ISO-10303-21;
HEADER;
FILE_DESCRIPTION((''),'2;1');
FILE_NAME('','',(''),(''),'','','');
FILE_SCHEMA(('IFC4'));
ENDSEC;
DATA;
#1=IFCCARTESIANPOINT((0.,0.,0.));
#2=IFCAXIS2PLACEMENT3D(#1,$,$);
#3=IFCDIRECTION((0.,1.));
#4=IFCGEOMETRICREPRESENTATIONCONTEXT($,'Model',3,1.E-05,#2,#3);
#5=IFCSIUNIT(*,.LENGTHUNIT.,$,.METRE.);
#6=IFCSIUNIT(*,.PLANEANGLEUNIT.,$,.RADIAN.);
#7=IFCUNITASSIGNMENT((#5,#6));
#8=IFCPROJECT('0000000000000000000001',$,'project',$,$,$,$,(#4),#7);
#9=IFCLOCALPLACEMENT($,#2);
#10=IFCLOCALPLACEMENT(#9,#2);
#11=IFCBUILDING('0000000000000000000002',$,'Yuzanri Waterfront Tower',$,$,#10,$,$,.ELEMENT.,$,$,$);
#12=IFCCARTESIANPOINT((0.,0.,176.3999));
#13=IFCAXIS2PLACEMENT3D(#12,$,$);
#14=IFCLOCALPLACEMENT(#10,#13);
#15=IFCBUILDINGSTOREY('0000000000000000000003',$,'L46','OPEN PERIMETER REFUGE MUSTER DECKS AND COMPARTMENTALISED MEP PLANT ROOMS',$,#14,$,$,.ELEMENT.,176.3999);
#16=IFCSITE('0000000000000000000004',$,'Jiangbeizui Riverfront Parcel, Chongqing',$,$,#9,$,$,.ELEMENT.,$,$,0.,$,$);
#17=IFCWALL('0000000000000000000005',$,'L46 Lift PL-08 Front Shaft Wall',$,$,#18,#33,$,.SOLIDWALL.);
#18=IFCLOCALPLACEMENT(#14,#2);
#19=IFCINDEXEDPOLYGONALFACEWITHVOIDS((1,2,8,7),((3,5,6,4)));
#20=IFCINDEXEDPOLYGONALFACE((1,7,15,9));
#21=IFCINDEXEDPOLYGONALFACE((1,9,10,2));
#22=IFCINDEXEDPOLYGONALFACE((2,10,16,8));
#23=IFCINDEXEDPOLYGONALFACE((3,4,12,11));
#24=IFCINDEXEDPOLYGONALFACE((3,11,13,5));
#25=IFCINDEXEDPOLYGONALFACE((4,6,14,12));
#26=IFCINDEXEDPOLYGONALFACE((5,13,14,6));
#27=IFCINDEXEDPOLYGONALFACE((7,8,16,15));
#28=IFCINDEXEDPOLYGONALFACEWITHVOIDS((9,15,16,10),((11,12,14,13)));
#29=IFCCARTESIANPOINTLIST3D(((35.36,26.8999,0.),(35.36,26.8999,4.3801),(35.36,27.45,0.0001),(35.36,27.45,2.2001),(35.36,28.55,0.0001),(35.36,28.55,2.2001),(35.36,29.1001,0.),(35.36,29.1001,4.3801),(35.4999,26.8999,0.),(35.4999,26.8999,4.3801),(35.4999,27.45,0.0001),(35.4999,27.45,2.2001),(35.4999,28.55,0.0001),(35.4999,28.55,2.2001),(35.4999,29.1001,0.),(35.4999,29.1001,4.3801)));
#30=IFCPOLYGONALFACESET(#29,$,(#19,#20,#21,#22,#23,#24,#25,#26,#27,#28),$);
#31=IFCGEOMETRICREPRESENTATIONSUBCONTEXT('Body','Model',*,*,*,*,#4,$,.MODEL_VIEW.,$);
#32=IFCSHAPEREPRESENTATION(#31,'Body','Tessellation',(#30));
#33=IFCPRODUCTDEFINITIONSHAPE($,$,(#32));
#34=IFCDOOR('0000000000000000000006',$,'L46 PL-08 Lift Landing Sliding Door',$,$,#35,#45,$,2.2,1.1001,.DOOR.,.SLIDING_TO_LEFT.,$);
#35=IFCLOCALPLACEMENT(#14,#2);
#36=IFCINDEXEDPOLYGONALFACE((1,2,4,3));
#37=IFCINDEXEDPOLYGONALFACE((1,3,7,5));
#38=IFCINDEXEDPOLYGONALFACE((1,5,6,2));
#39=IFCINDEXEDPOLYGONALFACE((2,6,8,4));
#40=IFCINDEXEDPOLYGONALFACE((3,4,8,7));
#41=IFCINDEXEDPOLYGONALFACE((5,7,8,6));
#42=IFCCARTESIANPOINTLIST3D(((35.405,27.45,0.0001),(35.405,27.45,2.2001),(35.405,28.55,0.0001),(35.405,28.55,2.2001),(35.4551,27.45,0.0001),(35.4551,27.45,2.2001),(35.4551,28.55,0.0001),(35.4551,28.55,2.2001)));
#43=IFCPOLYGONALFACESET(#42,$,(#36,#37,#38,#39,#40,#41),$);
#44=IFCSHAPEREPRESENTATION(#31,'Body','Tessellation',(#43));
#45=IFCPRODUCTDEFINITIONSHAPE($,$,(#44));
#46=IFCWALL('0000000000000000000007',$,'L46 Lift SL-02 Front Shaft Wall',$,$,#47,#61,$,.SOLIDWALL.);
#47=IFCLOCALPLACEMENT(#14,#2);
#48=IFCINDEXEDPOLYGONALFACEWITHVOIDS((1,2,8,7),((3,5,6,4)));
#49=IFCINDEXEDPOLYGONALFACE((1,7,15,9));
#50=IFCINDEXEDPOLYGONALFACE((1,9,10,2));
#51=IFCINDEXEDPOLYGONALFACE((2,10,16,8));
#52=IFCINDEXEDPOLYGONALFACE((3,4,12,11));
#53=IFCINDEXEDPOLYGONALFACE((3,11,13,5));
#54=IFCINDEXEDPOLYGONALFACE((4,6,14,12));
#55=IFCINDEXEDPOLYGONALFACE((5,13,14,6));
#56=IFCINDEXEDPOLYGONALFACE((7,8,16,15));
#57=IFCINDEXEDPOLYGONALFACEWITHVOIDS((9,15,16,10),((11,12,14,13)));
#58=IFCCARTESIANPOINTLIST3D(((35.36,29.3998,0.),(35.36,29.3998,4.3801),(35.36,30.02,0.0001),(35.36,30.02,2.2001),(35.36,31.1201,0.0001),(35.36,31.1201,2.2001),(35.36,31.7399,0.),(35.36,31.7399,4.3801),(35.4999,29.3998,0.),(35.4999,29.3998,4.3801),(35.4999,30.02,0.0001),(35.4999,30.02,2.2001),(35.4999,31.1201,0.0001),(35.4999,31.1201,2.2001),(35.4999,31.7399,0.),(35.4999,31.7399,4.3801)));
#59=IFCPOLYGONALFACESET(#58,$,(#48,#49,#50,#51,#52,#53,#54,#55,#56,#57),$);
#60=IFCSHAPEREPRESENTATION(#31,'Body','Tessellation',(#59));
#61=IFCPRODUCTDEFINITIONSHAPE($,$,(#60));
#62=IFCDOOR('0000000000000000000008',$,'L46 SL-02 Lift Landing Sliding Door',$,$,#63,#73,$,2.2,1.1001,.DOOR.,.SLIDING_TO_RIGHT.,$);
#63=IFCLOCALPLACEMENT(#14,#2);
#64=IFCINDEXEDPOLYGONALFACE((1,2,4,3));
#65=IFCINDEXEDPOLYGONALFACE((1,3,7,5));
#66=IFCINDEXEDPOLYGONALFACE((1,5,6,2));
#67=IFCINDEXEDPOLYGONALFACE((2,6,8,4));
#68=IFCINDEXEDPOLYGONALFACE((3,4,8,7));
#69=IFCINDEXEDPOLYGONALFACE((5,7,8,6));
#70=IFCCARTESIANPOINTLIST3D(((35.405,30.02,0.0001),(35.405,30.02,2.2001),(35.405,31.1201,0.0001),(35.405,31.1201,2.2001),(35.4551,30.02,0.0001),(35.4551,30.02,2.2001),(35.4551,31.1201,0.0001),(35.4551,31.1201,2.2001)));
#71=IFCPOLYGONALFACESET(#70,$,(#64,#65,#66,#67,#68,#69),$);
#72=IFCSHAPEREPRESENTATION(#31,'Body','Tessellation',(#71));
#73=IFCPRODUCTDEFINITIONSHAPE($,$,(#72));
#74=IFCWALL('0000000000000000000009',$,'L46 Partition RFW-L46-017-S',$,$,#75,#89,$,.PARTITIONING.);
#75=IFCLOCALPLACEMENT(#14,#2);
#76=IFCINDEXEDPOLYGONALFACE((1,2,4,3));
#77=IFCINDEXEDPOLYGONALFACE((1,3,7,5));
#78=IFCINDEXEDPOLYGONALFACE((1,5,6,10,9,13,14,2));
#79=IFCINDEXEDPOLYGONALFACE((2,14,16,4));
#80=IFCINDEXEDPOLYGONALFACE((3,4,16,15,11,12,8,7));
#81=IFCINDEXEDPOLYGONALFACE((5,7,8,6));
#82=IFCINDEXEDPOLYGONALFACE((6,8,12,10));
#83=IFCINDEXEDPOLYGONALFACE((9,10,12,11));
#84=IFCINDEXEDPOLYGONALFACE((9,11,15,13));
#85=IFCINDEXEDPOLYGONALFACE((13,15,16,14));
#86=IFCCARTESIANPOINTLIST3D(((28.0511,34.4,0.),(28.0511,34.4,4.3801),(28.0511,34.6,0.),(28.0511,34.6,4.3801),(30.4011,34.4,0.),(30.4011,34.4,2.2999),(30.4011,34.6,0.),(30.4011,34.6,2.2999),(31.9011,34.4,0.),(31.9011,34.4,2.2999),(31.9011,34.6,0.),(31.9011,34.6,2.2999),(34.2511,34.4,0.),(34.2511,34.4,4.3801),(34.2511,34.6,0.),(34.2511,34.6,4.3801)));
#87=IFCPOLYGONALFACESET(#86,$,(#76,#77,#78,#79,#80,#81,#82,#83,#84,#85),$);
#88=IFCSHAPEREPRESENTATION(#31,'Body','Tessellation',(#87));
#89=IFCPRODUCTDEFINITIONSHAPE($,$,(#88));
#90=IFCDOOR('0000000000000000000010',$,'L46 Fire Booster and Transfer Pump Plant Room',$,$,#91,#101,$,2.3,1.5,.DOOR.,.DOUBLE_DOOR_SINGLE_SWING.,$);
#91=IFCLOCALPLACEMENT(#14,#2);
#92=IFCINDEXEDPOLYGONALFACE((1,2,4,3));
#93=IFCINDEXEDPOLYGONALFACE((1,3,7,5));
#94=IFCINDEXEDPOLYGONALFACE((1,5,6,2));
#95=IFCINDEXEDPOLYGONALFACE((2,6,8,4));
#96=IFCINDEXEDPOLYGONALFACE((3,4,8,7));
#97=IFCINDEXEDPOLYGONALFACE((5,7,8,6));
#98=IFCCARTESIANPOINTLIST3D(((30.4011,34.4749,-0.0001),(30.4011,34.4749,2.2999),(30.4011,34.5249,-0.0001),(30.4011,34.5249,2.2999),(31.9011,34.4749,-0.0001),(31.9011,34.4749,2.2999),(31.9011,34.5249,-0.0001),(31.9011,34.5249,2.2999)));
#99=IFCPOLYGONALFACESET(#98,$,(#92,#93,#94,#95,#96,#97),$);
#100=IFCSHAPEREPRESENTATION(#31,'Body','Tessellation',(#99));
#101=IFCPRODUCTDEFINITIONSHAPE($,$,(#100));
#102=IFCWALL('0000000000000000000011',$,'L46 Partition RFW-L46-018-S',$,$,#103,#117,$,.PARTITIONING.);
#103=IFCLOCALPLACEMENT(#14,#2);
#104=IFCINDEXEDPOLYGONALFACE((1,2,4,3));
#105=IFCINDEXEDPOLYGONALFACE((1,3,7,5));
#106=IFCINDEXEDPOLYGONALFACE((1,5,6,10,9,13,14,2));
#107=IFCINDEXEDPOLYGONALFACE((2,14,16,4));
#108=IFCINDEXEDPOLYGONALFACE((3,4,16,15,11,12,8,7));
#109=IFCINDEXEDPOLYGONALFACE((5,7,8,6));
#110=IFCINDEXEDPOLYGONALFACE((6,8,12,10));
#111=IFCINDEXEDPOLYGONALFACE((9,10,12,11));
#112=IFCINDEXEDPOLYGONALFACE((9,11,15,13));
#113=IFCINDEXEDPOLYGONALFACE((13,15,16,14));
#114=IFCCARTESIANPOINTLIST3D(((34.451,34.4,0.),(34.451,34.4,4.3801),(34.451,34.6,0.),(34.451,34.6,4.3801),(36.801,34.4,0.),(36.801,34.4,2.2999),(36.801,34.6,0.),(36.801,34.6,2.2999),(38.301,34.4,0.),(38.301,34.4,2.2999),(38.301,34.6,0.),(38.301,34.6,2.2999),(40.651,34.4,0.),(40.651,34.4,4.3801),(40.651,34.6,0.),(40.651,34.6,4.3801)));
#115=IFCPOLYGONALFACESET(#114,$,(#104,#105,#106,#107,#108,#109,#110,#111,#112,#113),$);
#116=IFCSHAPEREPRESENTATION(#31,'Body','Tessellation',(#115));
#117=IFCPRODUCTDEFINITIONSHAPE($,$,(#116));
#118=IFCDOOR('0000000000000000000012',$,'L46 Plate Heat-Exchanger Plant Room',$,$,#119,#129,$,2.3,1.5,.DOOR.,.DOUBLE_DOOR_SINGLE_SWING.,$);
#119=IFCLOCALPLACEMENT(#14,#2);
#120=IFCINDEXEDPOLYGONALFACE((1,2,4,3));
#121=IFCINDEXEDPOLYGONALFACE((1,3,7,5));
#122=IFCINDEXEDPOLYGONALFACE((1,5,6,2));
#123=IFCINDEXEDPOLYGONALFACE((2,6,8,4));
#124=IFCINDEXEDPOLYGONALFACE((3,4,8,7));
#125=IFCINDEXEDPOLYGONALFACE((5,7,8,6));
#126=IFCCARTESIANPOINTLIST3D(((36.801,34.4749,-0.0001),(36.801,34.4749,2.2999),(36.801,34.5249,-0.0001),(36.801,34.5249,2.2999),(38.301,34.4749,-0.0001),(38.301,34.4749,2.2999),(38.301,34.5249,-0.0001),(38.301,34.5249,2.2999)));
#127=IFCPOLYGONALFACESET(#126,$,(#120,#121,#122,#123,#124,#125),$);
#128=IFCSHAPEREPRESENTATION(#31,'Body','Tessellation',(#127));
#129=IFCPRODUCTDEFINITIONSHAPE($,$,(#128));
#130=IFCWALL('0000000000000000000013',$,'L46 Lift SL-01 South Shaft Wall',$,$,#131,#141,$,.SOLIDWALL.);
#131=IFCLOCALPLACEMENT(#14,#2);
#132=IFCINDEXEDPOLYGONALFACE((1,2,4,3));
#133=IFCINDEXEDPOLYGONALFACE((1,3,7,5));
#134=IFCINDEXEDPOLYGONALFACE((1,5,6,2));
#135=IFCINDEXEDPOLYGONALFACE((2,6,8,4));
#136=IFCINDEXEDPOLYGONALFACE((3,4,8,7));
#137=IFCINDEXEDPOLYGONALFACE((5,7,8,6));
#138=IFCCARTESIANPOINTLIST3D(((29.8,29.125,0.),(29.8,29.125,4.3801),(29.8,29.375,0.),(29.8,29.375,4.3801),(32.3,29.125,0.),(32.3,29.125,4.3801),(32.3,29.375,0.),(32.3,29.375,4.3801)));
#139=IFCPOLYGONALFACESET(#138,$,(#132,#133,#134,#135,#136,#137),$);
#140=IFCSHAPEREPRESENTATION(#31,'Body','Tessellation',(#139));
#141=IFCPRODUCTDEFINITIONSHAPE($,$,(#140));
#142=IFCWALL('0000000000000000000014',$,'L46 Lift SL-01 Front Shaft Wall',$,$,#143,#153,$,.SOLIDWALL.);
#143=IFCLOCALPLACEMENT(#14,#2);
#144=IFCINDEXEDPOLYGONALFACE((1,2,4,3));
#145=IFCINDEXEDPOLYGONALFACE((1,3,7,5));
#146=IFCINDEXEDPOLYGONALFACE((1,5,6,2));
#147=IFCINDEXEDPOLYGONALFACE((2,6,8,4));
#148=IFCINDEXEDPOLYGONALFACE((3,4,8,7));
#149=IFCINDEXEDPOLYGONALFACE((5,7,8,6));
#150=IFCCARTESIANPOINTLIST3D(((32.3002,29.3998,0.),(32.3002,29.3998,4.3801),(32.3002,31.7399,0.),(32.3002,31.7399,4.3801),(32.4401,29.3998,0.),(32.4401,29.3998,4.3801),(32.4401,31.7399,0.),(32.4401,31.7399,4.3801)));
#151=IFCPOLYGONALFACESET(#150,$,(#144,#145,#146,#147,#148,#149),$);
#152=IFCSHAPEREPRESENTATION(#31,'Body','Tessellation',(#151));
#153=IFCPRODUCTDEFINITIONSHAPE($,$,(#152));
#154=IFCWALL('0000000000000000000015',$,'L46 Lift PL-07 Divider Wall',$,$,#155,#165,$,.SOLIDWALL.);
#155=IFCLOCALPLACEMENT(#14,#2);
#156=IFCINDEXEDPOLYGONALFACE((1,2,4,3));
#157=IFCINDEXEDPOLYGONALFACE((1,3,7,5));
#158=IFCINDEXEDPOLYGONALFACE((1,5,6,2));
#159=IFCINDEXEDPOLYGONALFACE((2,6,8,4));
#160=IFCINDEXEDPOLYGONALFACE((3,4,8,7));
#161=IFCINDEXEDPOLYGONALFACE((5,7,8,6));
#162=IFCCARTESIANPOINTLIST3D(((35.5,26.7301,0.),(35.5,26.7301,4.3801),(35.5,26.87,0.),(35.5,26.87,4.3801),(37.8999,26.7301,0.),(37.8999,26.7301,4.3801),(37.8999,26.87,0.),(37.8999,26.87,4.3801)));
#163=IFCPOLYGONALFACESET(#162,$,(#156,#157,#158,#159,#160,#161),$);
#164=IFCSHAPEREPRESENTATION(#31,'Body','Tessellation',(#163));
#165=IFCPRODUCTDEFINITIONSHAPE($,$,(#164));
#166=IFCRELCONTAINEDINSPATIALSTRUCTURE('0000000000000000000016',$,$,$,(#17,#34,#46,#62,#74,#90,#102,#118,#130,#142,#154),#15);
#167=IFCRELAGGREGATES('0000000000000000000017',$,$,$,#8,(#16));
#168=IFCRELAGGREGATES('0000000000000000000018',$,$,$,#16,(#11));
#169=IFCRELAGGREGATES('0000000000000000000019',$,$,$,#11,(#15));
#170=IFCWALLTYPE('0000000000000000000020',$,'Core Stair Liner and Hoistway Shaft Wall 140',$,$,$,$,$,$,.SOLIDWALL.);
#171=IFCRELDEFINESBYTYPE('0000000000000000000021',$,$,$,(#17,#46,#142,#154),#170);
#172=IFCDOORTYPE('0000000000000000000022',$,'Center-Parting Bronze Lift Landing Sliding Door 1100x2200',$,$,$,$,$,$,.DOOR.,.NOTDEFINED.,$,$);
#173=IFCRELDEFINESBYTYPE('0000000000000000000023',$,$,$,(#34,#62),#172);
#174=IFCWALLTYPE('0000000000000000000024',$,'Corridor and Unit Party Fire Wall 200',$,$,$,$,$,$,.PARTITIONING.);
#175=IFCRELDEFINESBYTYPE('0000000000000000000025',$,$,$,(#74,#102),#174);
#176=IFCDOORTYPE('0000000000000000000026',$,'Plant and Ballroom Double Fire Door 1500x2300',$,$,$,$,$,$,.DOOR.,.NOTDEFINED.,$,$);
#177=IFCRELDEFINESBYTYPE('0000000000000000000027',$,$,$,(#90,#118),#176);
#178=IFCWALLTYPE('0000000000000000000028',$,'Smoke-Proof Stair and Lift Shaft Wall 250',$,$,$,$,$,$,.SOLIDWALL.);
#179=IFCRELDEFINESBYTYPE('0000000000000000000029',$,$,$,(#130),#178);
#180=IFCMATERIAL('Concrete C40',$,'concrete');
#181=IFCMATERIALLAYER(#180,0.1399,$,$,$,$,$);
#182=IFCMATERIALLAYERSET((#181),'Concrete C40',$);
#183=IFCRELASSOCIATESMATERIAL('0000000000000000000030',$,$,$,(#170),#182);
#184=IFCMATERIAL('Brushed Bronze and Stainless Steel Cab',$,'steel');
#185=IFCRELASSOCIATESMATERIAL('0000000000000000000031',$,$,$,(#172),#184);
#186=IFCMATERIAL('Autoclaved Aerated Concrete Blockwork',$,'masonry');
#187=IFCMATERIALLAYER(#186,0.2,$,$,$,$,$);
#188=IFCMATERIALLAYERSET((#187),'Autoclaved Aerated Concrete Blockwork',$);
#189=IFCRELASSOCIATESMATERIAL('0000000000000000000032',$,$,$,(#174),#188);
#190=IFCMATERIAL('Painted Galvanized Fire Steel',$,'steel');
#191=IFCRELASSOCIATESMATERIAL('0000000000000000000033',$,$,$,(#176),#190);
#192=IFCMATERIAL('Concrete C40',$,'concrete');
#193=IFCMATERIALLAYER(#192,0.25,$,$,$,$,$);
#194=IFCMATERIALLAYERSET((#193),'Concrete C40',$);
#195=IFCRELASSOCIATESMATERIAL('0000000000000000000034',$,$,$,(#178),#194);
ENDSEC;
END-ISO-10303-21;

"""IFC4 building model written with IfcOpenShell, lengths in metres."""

from ifc_helpers import new_model, si_unit, direction, frame, frame_2d, origin, place, context, subcontext, project, spatial, rectangle, extrude, source, transform, mapped, material, layer, layer_set, type_object, element, fill, save


model = new_model("IFC4")

# Units and contexts
model_context = context("Model", 3, precision=1e-05, world=origin(), true_north=direction((0.0, 1.0)))
body_context = subcontext(model_context, "Body", "Model", "MODEL_VIEW")
ifc_project = project(units=[si_unit("LENGTHUNIT", "METRE"), si_unit("PLANEANGLEUNIT", "RADIAN")], contexts=[model_context])

# Site, building, storey
site_placement = place(None, origin())
site = spatial("IfcSite", under=ifc_project, at=site_placement, Name="Jiangbeizui Riverfront Parcel, Chongqing", CompositionType="ELEMENT", RefElevation=0.0)
building_placement = place(site_placement, origin())
building = spatial("IfcBuilding", under=site, at=building_placement, Name="Yuzanri Waterfront Tower", CompositionType="ELEMENT")
storey_placement = place(building_placement, frame((0.0, 0.0, 176.3999)))
storey = spatial("IfcBuildingStorey", under=building, at=storey_placement, Name="L46", Description="OPEN PERIMETER REFUGE MUSTER DECKS AND COMPARTMENTALISED MEP PLANT ROOMS", CompositionType="ELEMENT", Elevation=176.3999)

# Walls, openings, doors
ifc_material_1 = material(Name="Concrete C40", Category="concrete")
ifc_layer_1 = layer(ifc_material_1, 0.1399)
ifc_layer_set_1 = layer_set([ifc_layer_1], Name="Concrete C40")
wall_type_1 = type_object("IfcWallType", Name="Core Stair Liner and Hoistway Shaft Wall 140", PredefinedType="SOLIDWALL", material=ifc_layer_set_1)
wall_1_placement = place(storey_placement, frame((35.4299, 26.8999, 0.0), z_axis=(0.0, 0.0, 1.0), x_axis=(0.0, 1.0, 0.0)))
wall_1 = element("IfcWall", 1, at=wall_1_placement, inside=storey, type_object=wall_type_1, Name="L46 Lift PL-08 Front Shaft Wall", PredefinedType="SOLIDWALL", context=body_context, shape_type="SweptSolid", body=[
    extrude(rectangle(XDim=2.2002, YDim=0.1399, at=frame_2d((1.1001, 0.0))), origin(), (0.0, 0.0, 1.0), 4.3801),
])
opening_1_placement = place(wall_1_placement, frame((0.55, 0.0, 0.0)))
opening_1 = element("IfcOpeningElement", 2, at=opening_1_placement, cuts=wall_1, PredefinedType="OPENING", context=body_context, shape_type="SweptSolid", body=[
    extrude(rectangle(XDim=1.1001, YDim=2.2, at=frame_2d((0.55, 1.1001))), frame((0.0, 0.085, 0.0), z_axis=(0.0, -1.0, 0.0), x_axis=(1.0, 0.0, 0.0)), (0.0, 0.0, 1.0), 0.1697),
])
ifc_material_2 = material(Name="Brushed Bronze and Stainless Steel Cab", Category="steel")
door_type_1 = type_object("IfcDoorType", Name="Center-Parting Bronze Lift Landing Sliding Door 1100x2200", OperationType="NOTDEFINED", PredefinedType="DOOR", material=ifc_material_2)
shared_shape_1 = source(origin(), body_context, "Body", "SweptSolid", [
    extrude(rectangle(XDim=1.1001, YDim=2.2, at=frame_2d((0.55, 1.1001))), frame((0.0, 0.0249, 0.0), z_axis=(0.0, -1.0, 0.0), x_axis=(1.0, 0.0, 0.0)), (0.0, 0.0, 1.0), 0.05),
])
door_1_placement = place(opening_1_placement, origin())
door_1 = element("IfcDoor", 3, at=door_1_placement, inside=storey, type_object=door_type_1, Name="L46 PL-08 Lift Landing Sliding Door", OperationType="SLIDING_TO_LEFT", OverallHeight=2.2, OverallWidth=1.1001, PredefinedType="DOOR", context=body_context, shape_type="MappedRepresentation", body=[
    mapped(shared_shape_1, transform((0.0, 0.0, 0.0), scale=1.0)),
])
fill(opening_1, door_1)
wall_2_placement = place(storey_placement, frame((35.4299, 29.3999, 0.0), z_axis=(0.0, 0.0, 1.0), x_axis=(0.0, 1.0, 0.0)))
wall_2 = element("IfcWall", 4, at=wall_2_placement, inside=storey, type_object=wall_type_1, Name="L46 Lift SL-02 Front Shaft Wall", PredefinedType="SOLIDWALL", context=body_context, shape_type="SweptSolid", body=[
    extrude(rectangle(XDim=2.3401, YDim=0.1399, at=frame_2d((1.1699, 0.0))), origin(), (0.0, 0.0, 1.0), 4.3801),
])
opening_2_placement = place(wall_2_placement, frame((0.6201, 0.0, 0.0)))
opening_2 = element("IfcOpeningElement", 5, at=opening_2_placement, cuts=wall_2, PredefinedType="OPENING", context=body_context, shape_type="SweptSolid", body=[
    extrude(rectangle(XDim=1.1001, YDim=2.2, at=frame_2d((0.55, 1.1001))), frame((0.0, 0.085, 0.0), z_axis=(0.0, -1.0, 0.0), x_axis=(1.0, 0.0, 0.0)), (0.0, 0.0, 1.0), 0.1697),
])
door_2_placement = place(opening_2_placement, origin())
door_2 = element("IfcDoor", 6, at=door_2_placement, inside=storey, type_object=door_type_1, Name="L46 SL-02 Lift Landing Sliding Door", OperationType="SLIDING_TO_RIGHT", OverallHeight=2.2, OverallWidth=1.1001, PredefinedType="DOOR", context=body_context, shape_type="MappedRepresentation", body=[
    mapped(shared_shape_1, transform((0.0, 0.0, 0.0), scale=1.0)),
])
fill(opening_2, door_2)
ifc_material_3 = material(Name="Autoclaved Aerated Concrete Blockwork", Category="masonry")
ifc_layer_2 = layer(ifc_material_3, 0.2)
ifc_layer_set_2 = layer_set([ifc_layer_2], Name="Autoclaved Aerated Concrete Blockwork")
wall_type_2 = type_object("IfcWallType", Name="Corridor and Unit Party Fire Wall 200", PredefinedType="PARTITIONING", material=ifc_layer_set_2)
wall_3_placement = place(storey_placement, frame((28.051, 34.5, 0.0), z_axis=(0.0, 0.0, 1.0), x_axis=(1.0, 0.0, 0.0)))
wall_3 = element("IfcWall", 7, at=wall_3_placement, inside=storey, type_object=wall_type_2, Name="L46 Partition RFW-L46-017-S", PredefinedType="PARTITIONING", context=body_context, shape_type="SweptSolid", body=[
    extrude(rectangle(XDim=6.2, YDim=0.2, at=frame_2d((3.1001, 0.0))), origin(), (0.0, 0.0, 1.0), 4.3801),
])
opening_3_placement = place(wall_3_placement, frame((2.3501, 0.0, 0.0)))
opening_3 = element("IfcOpeningElement", 8, at=opening_3_placement, cuts=wall_3, PredefinedType="OPENING", context=body_context, shape_type="SweptSolid", body=[
    extrude(rectangle(XDim=1.5, YDim=2.3, at=frame_2d((0.75, 1.1499))), frame((0.0, 0.1147, 0.0), z_axis=(0.0, -1.0, 0.0), x_axis=(1.0, 0.0, 0.0)), (0.0, 0.0, 1.0), 0.2297),
])
ifc_material_4 = material(Name="Painted Galvanized Fire Steel", Category="steel")
door_type_2 = type_object("IfcDoorType", Name="Plant and Ballroom Double Fire Door 1500x2300", OperationType="NOTDEFINED", PredefinedType="DOOR", material=ifc_material_4)
shared_shape_2 = source(origin(), body_context, "Body", "SweptSolid", [
    extrude(rectangle(XDim=1.5, YDim=2.3, at=frame_2d((0.75, 1.1499))), frame((0.0, 0.0249, 0.0), z_axis=(0.0, -1.0, 0.0), x_axis=(1.0, 0.0, 0.0)), (0.0, 0.0, 1.0), 0.05),
])
door_3_placement = place(opening_3_placement, origin())
door_3 = element("IfcDoor", 9, at=door_3_placement, inside=storey, type_object=door_type_2, Name="L46 Fire Booster and Transfer Pump Plant Room", OperationType="DOUBLE_DOOR_SINGLE_SWING", OverallHeight=2.3, OverallWidth=1.5, PredefinedType="DOOR", context=body_context, shape_type="MappedRepresentation", body=[
    mapped(shared_shape_2, transform((0.0, 0.0, 0.0), scale=1.0)),
])
fill(opening_3, door_3)
wall_4_placement = place(storey_placement, frame((34.4509, 34.5, 0.0), z_axis=(0.0, 0.0, 1.0), x_axis=(1.0, 0.0, 0.0)))
wall_4 = element("IfcWall", 10, at=wall_4_placement, inside=storey, type_object=wall_type_2, Name="L46 Partition RFW-L46-018-S", PredefinedType="PARTITIONING", context=body_context, shape_type="SweptSolid", body=[
    extrude(rectangle(XDim=6.2, YDim=0.2, at=frame_2d((3.1001, 0.0))), origin(), (0.0, 0.0, 1.0), 4.3801),
])
opening_4_placement = place(wall_4_placement, frame((2.3501, 0.0, 0.0)))
opening_4 = element("IfcOpeningElement", 11, at=opening_4_placement, cuts=wall_4, PredefinedType="OPENING", context=body_context, shape_type="SweptSolid", body=[
    extrude(rectangle(XDim=1.5, YDim=2.3, at=frame_2d((0.75, 1.1499))), frame((0.0, 0.1147, 0.0), z_axis=(0.0, -1.0, 0.0), x_axis=(1.0, 0.0, 0.0)), (0.0, 0.0, 1.0), 0.2297),
])
door_4_placement = place(opening_4_placement, origin())
door_4 = element("IfcDoor", 12, at=door_4_placement, inside=storey, type_object=door_type_2, Name="L46 Plate Heat-Exchanger Plant Room", OperationType="DOUBLE_DOOR_SINGLE_SWING", OverallHeight=2.3, OverallWidth=1.5, PredefinedType="DOOR", context=body_context, shape_type="MappedRepresentation", body=[
    mapped(shared_shape_2, transform((0.0, 0.0, 0.0), scale=1.0)),
])
fill(opening_4, door_4)

# Walls
ifc_material_5 = material(Name="Concrete C40", Category="concrete")
ifc_layer_3 = layer(ifc_material_5, 0.25)
ifc_layer_set_3 = layer_set([ifc_layer_3], Name="Concrete C40")
wall_type_3 = type_object("IfcWallType", Name="Smoke-Proof Stair and Lift Shaft Wall 250", PredefinedType="SOLIDWALL", material=ifc_layer_set_3)
shared_shape_3 = source(origin(), body_context, "Body", "SweptSolid", [
    extrude(rectangle(XDim=2.5, YDim=0.25, at=frame_2d((1.25, 0.0))), origin(), (0.0, 0.0, 1.0), 4.3801),
])
wall_5_placement = place(storey_placement, frame((29.8, 29.25, 0.0), z_axis=(0.0, 0.0, 1.0), x_axis=(1.0, 0.0, 0.0)))
element("IfcWall", 13, at=wall_5_placement, inside=storey, type_object=wall_type_3, Name="L46 Lift SL-01 South Shaft Wall", PredefinedType="SOLIDWALL", context=body_context, shape_type="MappedRepresentation", body=[
    mapped(shared_shape_3, transform((0.0, 0.0, 0.0), scale=1.0)),
])
shared_shape_4 = source(origin(), body_context, "Body", "SweptSolid", [
    extrude(rectangle(XDim=2.3401, YDim=0.1399, at=frame_2d((1.1699, 0.0))), origin(), (0.0, 0.0, 1.0), 4.3801),
])
wall_6_placement = place(storey_placement, frame((32.3701, 29.3999, 0.0), z_axis=(0.0, 0.0, 1.0), x_axis=(0.0, 1.0, 0.0)))
element("IfcWall", 14, at=wall_6_placement, inside=storey, type_object=wall_type_1, Name="L46 Lift SL-01 Front Shaft Wall", PredefinedType="SOLIDWALL", context=body_context, shape_type="MappedRepresentation", body=[
    mapped(shared_shape_4, transform((0.0, 0.0, 0.0), scale=1.0)),
])
shared_shape_5 = source(origin(), body_context, "Body", "SweptSolid", [
    extrude(rectangle(XDim=2.3999, YDim=0.1399, at=frame_2d((1.2, 0.0))), origin(), (0.0, 0.0, 1.0), 4.3801),
])
wall_7_placement = place(storey_placement, frame((35.5, 26.8, 0.0), z_axis=(0.0, 0.0, 1.0), x_axis=(1.0, 0.0, 0.0)))
element("IfcWall", 15, at=wall_7_placement, inside=storey, type_object=wall_type_1, Name="L46 Lift PL-07 Divider Wall", PredefinedType="SOLIDWALL", context=body_context, shape_type="MappedRepresentation", body=[
    mapped(shared_shape_5, transform((0.0, 0.0, 0.0), scale=1.0)),
])

save(model, "model.ifc")
